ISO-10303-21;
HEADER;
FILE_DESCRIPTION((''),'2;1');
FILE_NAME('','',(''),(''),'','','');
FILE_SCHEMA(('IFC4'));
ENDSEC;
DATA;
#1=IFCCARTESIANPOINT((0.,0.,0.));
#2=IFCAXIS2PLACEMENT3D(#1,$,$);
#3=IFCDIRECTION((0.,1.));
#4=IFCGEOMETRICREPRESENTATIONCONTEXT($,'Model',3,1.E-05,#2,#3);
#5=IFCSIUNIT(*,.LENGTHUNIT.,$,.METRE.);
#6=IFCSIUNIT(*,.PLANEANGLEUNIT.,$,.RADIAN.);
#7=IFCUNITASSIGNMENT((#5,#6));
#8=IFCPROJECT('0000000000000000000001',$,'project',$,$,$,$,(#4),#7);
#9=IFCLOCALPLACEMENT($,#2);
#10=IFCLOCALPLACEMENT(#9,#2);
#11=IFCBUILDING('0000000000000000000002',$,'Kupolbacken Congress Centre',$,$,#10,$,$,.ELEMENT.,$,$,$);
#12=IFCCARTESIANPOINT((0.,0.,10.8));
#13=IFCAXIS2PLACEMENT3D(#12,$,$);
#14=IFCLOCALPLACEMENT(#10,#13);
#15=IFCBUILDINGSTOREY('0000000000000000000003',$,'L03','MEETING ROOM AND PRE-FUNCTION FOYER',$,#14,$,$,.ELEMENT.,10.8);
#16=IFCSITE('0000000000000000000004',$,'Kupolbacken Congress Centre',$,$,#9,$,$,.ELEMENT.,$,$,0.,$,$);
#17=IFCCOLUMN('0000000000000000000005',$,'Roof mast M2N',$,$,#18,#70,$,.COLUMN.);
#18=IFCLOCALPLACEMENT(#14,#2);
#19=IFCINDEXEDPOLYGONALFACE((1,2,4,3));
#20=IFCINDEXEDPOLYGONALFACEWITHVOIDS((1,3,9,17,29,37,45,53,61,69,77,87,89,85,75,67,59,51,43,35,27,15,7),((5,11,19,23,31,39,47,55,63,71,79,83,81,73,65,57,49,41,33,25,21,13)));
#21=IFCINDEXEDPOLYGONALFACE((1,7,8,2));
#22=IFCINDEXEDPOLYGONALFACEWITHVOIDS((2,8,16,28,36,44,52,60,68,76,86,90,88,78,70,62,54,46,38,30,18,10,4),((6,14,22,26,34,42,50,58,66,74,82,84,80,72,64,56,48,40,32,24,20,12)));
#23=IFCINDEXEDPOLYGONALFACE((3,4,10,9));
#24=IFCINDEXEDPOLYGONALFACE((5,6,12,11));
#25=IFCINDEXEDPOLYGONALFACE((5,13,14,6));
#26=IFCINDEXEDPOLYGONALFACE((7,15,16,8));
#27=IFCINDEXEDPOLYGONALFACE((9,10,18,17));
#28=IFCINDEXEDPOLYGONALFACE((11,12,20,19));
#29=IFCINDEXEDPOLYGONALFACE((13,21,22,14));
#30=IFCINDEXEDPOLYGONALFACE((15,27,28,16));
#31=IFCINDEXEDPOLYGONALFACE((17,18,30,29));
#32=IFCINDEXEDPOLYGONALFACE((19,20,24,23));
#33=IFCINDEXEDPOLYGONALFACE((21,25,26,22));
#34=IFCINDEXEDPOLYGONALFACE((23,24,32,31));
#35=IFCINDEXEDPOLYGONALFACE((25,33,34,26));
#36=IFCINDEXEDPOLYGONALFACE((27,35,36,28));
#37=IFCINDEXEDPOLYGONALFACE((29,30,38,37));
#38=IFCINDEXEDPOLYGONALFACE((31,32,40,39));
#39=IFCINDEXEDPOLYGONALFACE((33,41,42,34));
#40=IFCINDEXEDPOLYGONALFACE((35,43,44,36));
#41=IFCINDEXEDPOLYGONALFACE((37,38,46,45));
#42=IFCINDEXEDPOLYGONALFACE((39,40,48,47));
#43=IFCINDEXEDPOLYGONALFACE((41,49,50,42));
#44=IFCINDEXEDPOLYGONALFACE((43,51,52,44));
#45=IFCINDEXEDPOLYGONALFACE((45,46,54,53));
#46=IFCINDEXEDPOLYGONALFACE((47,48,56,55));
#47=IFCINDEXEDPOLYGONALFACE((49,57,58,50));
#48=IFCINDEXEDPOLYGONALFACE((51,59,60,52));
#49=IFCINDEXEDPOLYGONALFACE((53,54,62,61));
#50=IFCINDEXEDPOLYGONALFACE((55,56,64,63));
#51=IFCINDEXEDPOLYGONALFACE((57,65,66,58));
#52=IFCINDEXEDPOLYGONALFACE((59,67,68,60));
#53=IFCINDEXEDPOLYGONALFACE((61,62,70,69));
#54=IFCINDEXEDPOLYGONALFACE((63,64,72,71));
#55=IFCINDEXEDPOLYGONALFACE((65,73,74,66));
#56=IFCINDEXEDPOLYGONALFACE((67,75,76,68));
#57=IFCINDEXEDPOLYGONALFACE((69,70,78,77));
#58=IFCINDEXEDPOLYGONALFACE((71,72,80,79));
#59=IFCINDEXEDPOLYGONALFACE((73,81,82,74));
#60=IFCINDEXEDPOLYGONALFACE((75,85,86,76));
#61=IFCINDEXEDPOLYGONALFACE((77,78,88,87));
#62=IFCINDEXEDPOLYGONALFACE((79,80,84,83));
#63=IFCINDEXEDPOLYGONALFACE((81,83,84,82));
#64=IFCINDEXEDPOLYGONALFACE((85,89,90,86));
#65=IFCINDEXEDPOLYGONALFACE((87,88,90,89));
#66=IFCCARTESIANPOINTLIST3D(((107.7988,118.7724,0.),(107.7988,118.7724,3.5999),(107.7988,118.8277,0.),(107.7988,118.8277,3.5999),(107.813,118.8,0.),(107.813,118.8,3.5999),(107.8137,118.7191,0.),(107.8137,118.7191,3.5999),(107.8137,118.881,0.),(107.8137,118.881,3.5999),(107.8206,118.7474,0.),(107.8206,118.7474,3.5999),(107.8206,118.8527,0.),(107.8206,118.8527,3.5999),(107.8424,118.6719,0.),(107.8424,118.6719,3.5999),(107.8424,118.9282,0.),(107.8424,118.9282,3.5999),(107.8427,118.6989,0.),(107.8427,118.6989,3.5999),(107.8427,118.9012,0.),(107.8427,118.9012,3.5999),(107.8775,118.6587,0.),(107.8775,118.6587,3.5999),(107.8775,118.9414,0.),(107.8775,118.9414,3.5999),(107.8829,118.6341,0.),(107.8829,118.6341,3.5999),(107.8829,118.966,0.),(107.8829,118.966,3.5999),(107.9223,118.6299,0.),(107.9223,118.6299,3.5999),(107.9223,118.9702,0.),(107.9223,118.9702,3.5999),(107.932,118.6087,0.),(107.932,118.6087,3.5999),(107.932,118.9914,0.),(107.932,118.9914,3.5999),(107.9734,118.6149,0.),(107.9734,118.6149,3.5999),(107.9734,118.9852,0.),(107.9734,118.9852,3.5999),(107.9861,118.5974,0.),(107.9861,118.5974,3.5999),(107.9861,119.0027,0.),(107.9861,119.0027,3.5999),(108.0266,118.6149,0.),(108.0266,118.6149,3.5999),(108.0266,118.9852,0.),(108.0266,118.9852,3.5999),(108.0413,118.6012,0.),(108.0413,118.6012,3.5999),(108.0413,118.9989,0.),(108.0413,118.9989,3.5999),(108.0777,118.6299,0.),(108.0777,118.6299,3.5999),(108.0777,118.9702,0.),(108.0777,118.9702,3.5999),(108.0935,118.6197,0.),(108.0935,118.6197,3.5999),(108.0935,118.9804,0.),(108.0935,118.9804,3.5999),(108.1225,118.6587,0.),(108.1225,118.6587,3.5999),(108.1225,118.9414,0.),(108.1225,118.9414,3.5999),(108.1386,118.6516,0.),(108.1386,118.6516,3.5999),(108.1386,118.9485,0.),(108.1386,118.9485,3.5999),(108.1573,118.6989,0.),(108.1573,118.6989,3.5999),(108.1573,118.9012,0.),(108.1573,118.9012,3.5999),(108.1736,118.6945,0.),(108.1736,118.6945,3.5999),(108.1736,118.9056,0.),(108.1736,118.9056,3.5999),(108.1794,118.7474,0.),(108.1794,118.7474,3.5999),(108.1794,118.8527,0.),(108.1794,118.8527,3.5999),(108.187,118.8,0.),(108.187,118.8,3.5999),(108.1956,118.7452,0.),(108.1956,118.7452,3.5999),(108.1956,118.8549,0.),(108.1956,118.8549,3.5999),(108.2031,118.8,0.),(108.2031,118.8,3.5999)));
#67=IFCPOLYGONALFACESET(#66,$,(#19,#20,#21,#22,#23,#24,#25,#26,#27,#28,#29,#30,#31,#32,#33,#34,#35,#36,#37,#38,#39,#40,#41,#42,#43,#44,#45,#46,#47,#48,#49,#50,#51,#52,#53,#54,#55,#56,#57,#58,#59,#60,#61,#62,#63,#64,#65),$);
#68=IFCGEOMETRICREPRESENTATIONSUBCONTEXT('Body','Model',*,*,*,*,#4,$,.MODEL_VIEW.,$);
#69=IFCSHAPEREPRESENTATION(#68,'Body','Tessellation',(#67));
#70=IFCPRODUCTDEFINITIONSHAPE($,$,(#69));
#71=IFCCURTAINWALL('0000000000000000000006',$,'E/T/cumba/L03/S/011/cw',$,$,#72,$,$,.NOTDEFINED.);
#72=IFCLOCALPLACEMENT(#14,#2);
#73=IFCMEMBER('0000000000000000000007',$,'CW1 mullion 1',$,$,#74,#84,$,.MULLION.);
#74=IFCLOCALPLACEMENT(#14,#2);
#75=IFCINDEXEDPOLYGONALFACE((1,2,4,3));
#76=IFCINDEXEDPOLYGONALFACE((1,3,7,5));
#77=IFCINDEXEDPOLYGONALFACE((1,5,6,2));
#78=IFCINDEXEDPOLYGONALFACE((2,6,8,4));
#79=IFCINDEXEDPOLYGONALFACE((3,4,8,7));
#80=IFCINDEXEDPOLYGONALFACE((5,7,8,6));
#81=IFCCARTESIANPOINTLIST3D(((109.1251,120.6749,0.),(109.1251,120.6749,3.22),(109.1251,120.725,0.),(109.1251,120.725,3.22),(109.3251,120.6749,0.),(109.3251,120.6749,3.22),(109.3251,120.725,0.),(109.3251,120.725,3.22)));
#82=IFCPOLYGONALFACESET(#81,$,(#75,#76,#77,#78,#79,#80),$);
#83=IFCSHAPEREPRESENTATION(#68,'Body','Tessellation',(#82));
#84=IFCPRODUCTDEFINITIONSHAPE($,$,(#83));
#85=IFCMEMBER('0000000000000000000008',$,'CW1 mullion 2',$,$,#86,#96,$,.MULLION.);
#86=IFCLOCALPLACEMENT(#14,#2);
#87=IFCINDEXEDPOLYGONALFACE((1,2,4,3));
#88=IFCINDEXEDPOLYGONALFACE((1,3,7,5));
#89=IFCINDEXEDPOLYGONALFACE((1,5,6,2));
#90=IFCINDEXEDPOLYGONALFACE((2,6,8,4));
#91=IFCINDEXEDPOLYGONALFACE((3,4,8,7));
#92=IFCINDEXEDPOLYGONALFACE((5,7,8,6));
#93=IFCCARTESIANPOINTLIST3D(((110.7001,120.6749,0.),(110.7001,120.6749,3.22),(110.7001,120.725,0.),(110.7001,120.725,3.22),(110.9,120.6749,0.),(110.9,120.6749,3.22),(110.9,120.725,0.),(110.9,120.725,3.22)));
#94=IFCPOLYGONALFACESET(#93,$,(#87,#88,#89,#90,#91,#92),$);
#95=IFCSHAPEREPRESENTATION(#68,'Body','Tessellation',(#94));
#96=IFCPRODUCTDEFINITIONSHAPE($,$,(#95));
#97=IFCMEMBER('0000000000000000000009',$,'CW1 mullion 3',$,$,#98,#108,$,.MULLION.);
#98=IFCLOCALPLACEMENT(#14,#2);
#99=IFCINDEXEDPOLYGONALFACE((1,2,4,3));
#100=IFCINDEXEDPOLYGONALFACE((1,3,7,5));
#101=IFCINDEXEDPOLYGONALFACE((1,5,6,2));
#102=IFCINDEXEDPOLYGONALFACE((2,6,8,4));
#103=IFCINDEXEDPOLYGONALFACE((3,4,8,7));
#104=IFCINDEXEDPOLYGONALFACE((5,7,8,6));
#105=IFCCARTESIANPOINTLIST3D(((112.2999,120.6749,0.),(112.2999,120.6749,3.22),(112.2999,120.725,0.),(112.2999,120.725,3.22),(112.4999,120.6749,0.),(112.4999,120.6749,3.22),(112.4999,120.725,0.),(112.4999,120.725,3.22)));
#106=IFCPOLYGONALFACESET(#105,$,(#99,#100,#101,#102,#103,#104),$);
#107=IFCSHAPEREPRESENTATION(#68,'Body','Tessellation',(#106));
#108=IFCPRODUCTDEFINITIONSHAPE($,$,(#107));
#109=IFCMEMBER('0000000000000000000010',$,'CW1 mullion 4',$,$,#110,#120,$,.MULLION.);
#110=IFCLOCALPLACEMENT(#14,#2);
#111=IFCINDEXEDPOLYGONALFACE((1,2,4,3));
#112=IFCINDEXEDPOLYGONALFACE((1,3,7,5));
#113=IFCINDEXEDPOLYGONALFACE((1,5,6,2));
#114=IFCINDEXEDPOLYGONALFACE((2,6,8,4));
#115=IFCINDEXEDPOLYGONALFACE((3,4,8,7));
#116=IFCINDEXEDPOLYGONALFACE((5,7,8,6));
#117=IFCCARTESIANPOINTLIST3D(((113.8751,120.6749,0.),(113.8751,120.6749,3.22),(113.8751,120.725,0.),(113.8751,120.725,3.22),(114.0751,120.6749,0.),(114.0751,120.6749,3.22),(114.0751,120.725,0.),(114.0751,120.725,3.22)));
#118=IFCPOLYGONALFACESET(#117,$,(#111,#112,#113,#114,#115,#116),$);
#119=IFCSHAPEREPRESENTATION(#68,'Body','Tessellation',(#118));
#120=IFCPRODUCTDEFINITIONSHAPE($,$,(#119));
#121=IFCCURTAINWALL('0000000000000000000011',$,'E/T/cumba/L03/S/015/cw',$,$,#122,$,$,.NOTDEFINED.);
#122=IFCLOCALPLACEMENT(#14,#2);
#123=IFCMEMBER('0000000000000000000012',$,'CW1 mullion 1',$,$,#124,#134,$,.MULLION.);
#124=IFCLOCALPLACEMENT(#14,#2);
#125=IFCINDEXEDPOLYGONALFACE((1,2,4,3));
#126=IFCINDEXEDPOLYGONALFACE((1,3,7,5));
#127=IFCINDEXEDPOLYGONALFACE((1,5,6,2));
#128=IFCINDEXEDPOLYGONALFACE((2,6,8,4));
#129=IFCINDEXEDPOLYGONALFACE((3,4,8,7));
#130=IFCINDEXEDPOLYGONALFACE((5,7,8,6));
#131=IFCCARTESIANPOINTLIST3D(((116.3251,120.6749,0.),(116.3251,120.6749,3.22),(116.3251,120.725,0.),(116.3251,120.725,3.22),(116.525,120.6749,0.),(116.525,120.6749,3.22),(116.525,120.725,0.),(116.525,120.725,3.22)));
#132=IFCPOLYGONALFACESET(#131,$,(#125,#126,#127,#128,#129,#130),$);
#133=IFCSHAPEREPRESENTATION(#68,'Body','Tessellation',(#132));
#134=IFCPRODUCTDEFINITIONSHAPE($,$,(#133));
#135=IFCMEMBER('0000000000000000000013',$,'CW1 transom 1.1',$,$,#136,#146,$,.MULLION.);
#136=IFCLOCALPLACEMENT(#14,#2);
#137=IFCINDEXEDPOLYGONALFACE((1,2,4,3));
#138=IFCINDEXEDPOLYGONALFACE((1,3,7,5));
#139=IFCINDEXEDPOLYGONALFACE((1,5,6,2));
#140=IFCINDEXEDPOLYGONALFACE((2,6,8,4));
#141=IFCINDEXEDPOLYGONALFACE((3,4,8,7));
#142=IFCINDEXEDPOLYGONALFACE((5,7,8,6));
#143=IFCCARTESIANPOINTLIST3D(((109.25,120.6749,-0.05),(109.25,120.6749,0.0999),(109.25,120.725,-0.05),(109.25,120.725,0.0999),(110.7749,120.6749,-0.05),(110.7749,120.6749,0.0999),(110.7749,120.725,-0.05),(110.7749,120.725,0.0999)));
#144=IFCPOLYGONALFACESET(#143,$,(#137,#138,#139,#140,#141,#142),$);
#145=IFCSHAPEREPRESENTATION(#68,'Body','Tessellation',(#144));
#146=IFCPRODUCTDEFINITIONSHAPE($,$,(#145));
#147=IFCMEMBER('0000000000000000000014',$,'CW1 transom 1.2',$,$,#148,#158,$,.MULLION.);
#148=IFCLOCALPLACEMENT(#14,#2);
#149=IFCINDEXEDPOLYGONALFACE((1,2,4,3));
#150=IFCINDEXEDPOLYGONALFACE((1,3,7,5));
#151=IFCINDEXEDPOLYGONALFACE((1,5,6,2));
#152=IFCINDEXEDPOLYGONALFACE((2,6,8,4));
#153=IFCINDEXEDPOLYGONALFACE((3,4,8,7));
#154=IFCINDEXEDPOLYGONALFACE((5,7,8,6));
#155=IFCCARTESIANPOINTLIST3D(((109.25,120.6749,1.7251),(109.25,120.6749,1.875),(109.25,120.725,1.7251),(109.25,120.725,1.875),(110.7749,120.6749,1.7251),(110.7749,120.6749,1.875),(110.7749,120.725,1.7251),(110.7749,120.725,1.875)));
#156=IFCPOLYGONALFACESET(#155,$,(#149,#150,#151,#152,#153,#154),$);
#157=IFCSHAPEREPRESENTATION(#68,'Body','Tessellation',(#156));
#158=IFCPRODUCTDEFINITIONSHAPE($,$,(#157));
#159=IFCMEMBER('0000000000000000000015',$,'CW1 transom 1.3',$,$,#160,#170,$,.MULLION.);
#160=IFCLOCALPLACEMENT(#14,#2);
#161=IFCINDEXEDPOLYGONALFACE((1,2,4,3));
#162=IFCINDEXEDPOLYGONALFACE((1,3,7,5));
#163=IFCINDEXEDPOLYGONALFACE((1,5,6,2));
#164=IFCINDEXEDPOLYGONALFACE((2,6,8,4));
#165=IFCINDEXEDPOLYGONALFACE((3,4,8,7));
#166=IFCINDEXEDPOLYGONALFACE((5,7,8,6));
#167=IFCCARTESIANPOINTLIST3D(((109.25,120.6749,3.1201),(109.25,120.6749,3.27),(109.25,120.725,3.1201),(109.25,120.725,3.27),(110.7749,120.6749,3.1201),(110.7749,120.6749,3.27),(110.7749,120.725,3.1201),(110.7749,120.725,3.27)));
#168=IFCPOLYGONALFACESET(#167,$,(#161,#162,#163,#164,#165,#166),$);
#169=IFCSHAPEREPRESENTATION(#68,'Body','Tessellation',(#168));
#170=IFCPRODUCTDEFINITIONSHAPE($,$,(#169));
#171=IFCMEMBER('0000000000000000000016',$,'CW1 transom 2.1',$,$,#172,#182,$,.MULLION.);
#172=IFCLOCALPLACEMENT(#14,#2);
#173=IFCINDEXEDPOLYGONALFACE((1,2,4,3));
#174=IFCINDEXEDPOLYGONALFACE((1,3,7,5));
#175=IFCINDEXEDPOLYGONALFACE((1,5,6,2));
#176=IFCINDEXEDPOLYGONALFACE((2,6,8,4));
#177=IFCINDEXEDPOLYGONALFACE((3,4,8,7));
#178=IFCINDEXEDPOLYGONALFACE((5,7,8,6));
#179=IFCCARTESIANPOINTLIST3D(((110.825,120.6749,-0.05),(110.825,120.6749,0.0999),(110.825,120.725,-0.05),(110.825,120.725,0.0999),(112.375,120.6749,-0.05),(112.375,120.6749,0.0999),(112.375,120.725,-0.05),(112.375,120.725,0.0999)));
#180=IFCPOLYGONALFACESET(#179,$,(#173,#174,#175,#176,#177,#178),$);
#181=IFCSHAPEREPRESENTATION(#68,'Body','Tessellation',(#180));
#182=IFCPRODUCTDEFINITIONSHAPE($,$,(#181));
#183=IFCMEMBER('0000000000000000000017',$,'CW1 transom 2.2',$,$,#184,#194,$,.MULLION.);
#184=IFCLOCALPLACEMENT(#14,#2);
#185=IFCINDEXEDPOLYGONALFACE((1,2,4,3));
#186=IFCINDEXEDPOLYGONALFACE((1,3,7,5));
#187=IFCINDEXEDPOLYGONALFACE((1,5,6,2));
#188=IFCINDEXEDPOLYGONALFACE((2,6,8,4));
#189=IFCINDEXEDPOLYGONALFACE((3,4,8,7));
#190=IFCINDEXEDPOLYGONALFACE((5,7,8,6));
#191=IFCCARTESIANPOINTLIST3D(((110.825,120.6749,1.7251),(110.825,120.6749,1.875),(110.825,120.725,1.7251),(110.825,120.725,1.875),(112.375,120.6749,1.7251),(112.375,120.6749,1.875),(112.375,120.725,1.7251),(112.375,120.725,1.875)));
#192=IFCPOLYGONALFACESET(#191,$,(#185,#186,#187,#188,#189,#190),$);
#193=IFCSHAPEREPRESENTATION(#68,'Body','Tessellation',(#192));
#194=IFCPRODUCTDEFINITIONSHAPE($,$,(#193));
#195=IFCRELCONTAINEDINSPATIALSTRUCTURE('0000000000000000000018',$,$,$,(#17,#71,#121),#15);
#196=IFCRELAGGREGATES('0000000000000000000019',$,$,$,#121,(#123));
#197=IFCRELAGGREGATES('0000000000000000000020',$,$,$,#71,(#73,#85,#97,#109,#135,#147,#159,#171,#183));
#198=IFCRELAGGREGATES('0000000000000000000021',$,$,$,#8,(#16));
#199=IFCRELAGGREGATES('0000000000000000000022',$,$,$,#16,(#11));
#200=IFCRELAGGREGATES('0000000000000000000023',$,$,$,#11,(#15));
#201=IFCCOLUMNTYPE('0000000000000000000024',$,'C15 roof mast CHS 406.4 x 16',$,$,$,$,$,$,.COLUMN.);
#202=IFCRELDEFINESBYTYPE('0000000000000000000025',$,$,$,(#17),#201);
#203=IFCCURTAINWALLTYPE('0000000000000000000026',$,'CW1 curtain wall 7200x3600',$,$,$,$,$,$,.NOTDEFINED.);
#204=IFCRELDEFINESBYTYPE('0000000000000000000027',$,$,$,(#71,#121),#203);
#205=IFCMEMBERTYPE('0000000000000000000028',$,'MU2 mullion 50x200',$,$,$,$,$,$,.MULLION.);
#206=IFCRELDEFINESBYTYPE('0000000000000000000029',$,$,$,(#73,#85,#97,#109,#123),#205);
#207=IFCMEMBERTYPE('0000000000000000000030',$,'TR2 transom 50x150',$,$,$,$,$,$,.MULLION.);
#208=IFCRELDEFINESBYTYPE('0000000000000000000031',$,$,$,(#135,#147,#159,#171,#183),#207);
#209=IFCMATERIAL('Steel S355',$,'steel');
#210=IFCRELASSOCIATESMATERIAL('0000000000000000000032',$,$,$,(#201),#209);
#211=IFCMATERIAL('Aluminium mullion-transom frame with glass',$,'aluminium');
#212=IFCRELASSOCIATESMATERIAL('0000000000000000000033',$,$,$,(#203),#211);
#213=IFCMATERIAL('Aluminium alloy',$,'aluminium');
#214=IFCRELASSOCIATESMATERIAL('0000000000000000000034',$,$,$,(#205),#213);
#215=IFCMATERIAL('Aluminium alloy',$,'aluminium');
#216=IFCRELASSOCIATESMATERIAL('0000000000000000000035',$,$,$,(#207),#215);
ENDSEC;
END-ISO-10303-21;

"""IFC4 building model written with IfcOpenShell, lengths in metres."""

from ifc_helpers import new_model, si_unit, direction, frame, origin, origin_2d, place, context, subcontext, project, spatial, rectangle, hollow_circle, extrude, material, material_profile, profile_set, type_object, element, aggregate, save


model = new_model("IFC4")

# Units and contexts
model_context = context("Model", 3, precision=1e-05, world=origin(), true_north=direction((0.0, 1.0)))
body_context = subcontext(model_context, "Body", "Model", "MODEL_VIEW")
ifc_project = project(units=[si_unit("LENGTHUNIT", "METRE"), si_unit("PLANEANGLEUNIT", "RADIAN")], contexts=[model_context])

# Site, building, storey
site_placement = place(None, origin())
site = spatial("IfcSite", under=ifc_project, at=site_placement, Name="Kupolbacken Congress Centre", CompositionType="ELEMENT", RefElevation=0.0)
building_placement = place(site_placement, origin())
building = spatial("IfcBuilding", under=site, at=building_placement, Name="Kupolbacken Congress Centre", CompositionType="ELEMENT")
storey_placement = place(building_placement, frame((0.0, 0.0, 10.8)))
storey = spatial("IfcBuildingStorey", under=building, at=storey_placement, Name="L03", Description="MEETING ROOM AND PRE-FUNCTION FOYER", CompositionType="ELEMENT", Elevation=10.8)

# Column
ifc_material_1 = material(Name="Steel S355", Category="steel")
ifc_material_profile_1 = material_profile(ifc_material_1, hollow_circle(Radius=0.2031, WallThickness=0.0161, at=origin_2d()), Name="CHS 406.4 x 16")
ifc_profile_set_1 = profile_set([ifc_material_profile_1], Name="Steel S355")
column_type = type_object("IfcColumnType", Name="C15 roof mast CHS 406.4 x 16", PredefinedType="COLUMN", material=ifc_profile_set_1)
column_placement = place(storey_placement, frame((108.0, 118.8, 0.0), z_axis=(0.0, 0.0, 1.0), x_axis=(1.0, 0.0, 0.0)))
element("IfcColumn", 1, at=column_placement, inside=storey, type_object=column_type, Name="Roof mast M2N", PredefinedType="COLUMN", context=body_context, shape_type="SweptSolid", body=[
    extrude(hollow_circle(Radius=0.2031, WallThickness=0.0161, at=origin_2d()), origin(), (0.0, 0.0, 1.0), 3.5999),
])

# Curtain wall, members
ifc_material_2 = material(Name="Aluminium mullion-transom frame with glass", Category="aluminium")
curtain_wall_type = type_object("IfcCurtainWallType", Name="CW1 curtain wall 7200x3600", PredefinedType="NOTDEFINED", material=ifc_material_2)
curtain_wall_1_placement = place(storey_placement, origin())
curtain_wall_1 = element("IfcCurtainWall", 2, at=curtain_wall_1_placement, inside=storey, type_object=curtain_wall_type, Name="E/T/cumba/L03/S/011/cw", PredefinedType="NOTDEFINED")
ifc_material_3 = material(Name="Aluminium alloy", Category="aluminium")
ifc_material_profile_2 = material_profile(ifc_material_3, rectangle(XDim=0.05, YDim=0.2, at=origin_2d()), Name="50 x 200")
ifc_profile_set_2 = profile_set([ifc_material_profile_2], Name="Aluminium alloy")
member_type_1 = type_object("IfcMemberType", Name="MU2 mullion 50x200", PredefinedType="MULLION", material=ifc_profile_set_2)
member_1_placement = place(storey_placement, frame((109.2251, 120.7, 0.0), z_axis=(0.0, 0.0, 1.0), x_axis=(0.0, 1.0, 0.0)))
member_1 = element("IfcMember", 3, at=member_1_placement, type_object=member_type_1, Name="CW1 mullion 1", PredefinedType="MULLION", context=body_context, shape_type="SweptSolid", body=[
    extrude(rectangle(XDim=0.05, YDim=0.2, at=origin_2d()), origin(), (0.0, 0.0, 1.0), 3.22),
])
member_2_placement = place(storey_placement, frame((110.8, 120.7, 0.0), z_axis=(0.0, 0.0, 1.0), x_axis=(0.0, 1.0, 0.0)))
member_2 = element("IfcMember", 4, at=member_2_placement, type_object=member_type_1, Name="CW1 mullion 2", PredefinedType="MULLION", context=body_context, shape_type="SweptSolid", body=[
    extrude(rectangle(XDim=0.05, YDim=0.2, at=origin_2d()), origin(), (0.0, 0.0, 1.0), 3.22),
])
member_3_placement = place(storey_placement, frame((112.3999, 120.7, 0.0), z_axis=(0.0, 0.0, 1.0), x_axis=(0.0, 1.0, 0.0)))
member_3 = element("IfcMember", 5, at=member_3_placement, type_object=member_type_1, Name="CW1 mullion 3", PredefinedType="MULLION", context=body_context, shape_type="SweptSolid", body=[
    extrude(rectangle(XDim=0.05, YDim=0.2, at=origin_2d()), origin(), (0.0, 0.0, 1.0), 3.22),
])
member_4_placement = place(storey_placement, frame((113.9751, 120.7, 0.0), z_axis=(0.0, 0.0, 1.0), x_axis=(0.0, 1.0, 0.0)))
member_4 = element("IfcMember", 6, at=member_4_placement, type_object=member_type_1, Name="CW1 mullion 4", PredefinedType="MULLION", context=body_context, shape_type="SweptSolid", body=[
    extrude(rectangle(XDim=0.05, YDim=0.2, at=origin_2d()), origin(), (0.0, 0.0, 1.0), 3.22),
])

# Curtain wall, member
curtain_wall_2_placement = place(storey_placement, origin())
curtain_wall_2 = element("IfcCurtainWall", 7, at=curtain_wall_2_placement, inside=storey, type_object=curtain_wall_type, Name="E/T/cumba/L03/S/015/cw", PredefinedType="NOTDEFINED")
member_5_placement = place(storey_placement, frame((116.425, 120.7, 0.0), z_axis=(0.0, 0.0, 1.0), x_axis=(0.0, 1.0, 0.0)))
member_5 = element("IfcMember", 8, at=member_5_placement, type_object=member_type_1, Name="CW1 mullion 1", PredefinedType="MULLION", context=body_context, shape_type="SweptSolid", body=[
    extrude(rectangle(XDim=0.05, YDim=0.2, at=origin_2d()), origin(), (0.0, 0.0, 1.0), 3.22),
])
aggregate(curtain_wall_2, [member_5])

# Members
ifc_material_4 = material(Name="Aluminium alloy", Category="aluminium")
ifc_material_profile_3 = material_profile(ifc_material_4, rectangle(XDim=0.05, YDim=0.1499, at=origin_2d()), Name="50 x 150")
ifc_profile_set_3 = profile_set([ifc_material_profile_3], Name="Aluminium alloy")
member_type_2 = type_object("IfcMemberType", Name="TR2 transom 50x150", PredefinedType="MULLION", material=ifc_profile_set_3)
member_6_placement = place(storey_placement, frame((109.25, 120.7, 0.0249), z_axis=(1.0, 0.0, 0.0), x_axis=(0.0, 1.0, 0.0)))
member_6 = element("IfcMember", 9, at=member_6_placement, type_object=member_type_2, Name="CW1 transom 1.1", PredefinedType="MULLION", context=body_context, shape_type="SweptSolid", body=[
    extrude(rectangle(XDim=0.05, YDim=0.1499, at=origin_2d()), origin(), (0.0, 0.0, 1.0), 1.5249),
])
member_7_placement = place(storey_placement, frame((109.25, 120.7, 1.8), z_axis=(1.0, 0.0, 0.0), x_axis=(0.0, 1.0, 0.0)))
member_7 = element("IfcMember", 10, at=member_7_placement, type_object=member_type_2, Name="CW1 transom 1.2", PredefinedType="MULLION", context=body_context, shape_type="SweptSolid", body=[
    extrude(rectangle(XDim=0.05, YDim=0.1499, at=origin_2d()), origin(), (0.0, 0.0, 1.0), 1.5249),
])
member_8_placement = place(storey_placement, frame((109.25, 120.7, 3.1951), z_axis=(1.0, 0.0, 0.0), x_axis=(0.0, 1.0, 0.0)))
member_8 = element("IfcMember", 11, at=member_8_placement, type_object=member_type_2, Name="CW1 transom 1.3", PredefinedType="MULLION", context=body_context, shape_type="SweptSolid", body=[
    extrude(rectangle(XDim=0.05, YDim=0.1499, at=origin_2d()), origin(), (0.0, 0.0, 1.0), 1.5249),
])
member_9_placement = place(storey_placement, frame((110.825, 120.7, 0.0249), z_axis=(1.0, 0.0, 0.0), x_axis=(0.0, 1.0, 0.0)))
member_9 = element("IfcMember", 12, at=member_9_placement, type_object=member_type_2, Name="CW1 transom 2.1", PredefinedType="MULLION", context=body_context, shape_type="SweptSolid", body=[
    extrude(rectangle(XDim=0.05, YDim=0.1499, at=origin_2d()), origin(), (0.0, 0.0, 1.0), 1.55),
])
member_10_placement = place(storey_placement, frame((110.825, 120.7, 1.8), z_axis=(1.0, 0.0, 0.0), x_axis=(0.0, 1.0, 0.0)))
member_10 = element("IfcMember", 13, at=member_10_placement, type_object=member_type_2, Name="CW1 transom 2.2", PredefinedType="MULLION", context=body_context, shape_type="SweptSolid", body=[
    extrude(rectangle(XDim=0.05, YDim=0.1499, at=origin_2d()), origin(), (0.0, 0.0, 1.0), 1.55),
])

aggregate(curtain_wall_1, [member_1, member_2, member_3, member_4, member_6, member_7, member_8, member_9, member_10])

save(model, "model.ifc")
